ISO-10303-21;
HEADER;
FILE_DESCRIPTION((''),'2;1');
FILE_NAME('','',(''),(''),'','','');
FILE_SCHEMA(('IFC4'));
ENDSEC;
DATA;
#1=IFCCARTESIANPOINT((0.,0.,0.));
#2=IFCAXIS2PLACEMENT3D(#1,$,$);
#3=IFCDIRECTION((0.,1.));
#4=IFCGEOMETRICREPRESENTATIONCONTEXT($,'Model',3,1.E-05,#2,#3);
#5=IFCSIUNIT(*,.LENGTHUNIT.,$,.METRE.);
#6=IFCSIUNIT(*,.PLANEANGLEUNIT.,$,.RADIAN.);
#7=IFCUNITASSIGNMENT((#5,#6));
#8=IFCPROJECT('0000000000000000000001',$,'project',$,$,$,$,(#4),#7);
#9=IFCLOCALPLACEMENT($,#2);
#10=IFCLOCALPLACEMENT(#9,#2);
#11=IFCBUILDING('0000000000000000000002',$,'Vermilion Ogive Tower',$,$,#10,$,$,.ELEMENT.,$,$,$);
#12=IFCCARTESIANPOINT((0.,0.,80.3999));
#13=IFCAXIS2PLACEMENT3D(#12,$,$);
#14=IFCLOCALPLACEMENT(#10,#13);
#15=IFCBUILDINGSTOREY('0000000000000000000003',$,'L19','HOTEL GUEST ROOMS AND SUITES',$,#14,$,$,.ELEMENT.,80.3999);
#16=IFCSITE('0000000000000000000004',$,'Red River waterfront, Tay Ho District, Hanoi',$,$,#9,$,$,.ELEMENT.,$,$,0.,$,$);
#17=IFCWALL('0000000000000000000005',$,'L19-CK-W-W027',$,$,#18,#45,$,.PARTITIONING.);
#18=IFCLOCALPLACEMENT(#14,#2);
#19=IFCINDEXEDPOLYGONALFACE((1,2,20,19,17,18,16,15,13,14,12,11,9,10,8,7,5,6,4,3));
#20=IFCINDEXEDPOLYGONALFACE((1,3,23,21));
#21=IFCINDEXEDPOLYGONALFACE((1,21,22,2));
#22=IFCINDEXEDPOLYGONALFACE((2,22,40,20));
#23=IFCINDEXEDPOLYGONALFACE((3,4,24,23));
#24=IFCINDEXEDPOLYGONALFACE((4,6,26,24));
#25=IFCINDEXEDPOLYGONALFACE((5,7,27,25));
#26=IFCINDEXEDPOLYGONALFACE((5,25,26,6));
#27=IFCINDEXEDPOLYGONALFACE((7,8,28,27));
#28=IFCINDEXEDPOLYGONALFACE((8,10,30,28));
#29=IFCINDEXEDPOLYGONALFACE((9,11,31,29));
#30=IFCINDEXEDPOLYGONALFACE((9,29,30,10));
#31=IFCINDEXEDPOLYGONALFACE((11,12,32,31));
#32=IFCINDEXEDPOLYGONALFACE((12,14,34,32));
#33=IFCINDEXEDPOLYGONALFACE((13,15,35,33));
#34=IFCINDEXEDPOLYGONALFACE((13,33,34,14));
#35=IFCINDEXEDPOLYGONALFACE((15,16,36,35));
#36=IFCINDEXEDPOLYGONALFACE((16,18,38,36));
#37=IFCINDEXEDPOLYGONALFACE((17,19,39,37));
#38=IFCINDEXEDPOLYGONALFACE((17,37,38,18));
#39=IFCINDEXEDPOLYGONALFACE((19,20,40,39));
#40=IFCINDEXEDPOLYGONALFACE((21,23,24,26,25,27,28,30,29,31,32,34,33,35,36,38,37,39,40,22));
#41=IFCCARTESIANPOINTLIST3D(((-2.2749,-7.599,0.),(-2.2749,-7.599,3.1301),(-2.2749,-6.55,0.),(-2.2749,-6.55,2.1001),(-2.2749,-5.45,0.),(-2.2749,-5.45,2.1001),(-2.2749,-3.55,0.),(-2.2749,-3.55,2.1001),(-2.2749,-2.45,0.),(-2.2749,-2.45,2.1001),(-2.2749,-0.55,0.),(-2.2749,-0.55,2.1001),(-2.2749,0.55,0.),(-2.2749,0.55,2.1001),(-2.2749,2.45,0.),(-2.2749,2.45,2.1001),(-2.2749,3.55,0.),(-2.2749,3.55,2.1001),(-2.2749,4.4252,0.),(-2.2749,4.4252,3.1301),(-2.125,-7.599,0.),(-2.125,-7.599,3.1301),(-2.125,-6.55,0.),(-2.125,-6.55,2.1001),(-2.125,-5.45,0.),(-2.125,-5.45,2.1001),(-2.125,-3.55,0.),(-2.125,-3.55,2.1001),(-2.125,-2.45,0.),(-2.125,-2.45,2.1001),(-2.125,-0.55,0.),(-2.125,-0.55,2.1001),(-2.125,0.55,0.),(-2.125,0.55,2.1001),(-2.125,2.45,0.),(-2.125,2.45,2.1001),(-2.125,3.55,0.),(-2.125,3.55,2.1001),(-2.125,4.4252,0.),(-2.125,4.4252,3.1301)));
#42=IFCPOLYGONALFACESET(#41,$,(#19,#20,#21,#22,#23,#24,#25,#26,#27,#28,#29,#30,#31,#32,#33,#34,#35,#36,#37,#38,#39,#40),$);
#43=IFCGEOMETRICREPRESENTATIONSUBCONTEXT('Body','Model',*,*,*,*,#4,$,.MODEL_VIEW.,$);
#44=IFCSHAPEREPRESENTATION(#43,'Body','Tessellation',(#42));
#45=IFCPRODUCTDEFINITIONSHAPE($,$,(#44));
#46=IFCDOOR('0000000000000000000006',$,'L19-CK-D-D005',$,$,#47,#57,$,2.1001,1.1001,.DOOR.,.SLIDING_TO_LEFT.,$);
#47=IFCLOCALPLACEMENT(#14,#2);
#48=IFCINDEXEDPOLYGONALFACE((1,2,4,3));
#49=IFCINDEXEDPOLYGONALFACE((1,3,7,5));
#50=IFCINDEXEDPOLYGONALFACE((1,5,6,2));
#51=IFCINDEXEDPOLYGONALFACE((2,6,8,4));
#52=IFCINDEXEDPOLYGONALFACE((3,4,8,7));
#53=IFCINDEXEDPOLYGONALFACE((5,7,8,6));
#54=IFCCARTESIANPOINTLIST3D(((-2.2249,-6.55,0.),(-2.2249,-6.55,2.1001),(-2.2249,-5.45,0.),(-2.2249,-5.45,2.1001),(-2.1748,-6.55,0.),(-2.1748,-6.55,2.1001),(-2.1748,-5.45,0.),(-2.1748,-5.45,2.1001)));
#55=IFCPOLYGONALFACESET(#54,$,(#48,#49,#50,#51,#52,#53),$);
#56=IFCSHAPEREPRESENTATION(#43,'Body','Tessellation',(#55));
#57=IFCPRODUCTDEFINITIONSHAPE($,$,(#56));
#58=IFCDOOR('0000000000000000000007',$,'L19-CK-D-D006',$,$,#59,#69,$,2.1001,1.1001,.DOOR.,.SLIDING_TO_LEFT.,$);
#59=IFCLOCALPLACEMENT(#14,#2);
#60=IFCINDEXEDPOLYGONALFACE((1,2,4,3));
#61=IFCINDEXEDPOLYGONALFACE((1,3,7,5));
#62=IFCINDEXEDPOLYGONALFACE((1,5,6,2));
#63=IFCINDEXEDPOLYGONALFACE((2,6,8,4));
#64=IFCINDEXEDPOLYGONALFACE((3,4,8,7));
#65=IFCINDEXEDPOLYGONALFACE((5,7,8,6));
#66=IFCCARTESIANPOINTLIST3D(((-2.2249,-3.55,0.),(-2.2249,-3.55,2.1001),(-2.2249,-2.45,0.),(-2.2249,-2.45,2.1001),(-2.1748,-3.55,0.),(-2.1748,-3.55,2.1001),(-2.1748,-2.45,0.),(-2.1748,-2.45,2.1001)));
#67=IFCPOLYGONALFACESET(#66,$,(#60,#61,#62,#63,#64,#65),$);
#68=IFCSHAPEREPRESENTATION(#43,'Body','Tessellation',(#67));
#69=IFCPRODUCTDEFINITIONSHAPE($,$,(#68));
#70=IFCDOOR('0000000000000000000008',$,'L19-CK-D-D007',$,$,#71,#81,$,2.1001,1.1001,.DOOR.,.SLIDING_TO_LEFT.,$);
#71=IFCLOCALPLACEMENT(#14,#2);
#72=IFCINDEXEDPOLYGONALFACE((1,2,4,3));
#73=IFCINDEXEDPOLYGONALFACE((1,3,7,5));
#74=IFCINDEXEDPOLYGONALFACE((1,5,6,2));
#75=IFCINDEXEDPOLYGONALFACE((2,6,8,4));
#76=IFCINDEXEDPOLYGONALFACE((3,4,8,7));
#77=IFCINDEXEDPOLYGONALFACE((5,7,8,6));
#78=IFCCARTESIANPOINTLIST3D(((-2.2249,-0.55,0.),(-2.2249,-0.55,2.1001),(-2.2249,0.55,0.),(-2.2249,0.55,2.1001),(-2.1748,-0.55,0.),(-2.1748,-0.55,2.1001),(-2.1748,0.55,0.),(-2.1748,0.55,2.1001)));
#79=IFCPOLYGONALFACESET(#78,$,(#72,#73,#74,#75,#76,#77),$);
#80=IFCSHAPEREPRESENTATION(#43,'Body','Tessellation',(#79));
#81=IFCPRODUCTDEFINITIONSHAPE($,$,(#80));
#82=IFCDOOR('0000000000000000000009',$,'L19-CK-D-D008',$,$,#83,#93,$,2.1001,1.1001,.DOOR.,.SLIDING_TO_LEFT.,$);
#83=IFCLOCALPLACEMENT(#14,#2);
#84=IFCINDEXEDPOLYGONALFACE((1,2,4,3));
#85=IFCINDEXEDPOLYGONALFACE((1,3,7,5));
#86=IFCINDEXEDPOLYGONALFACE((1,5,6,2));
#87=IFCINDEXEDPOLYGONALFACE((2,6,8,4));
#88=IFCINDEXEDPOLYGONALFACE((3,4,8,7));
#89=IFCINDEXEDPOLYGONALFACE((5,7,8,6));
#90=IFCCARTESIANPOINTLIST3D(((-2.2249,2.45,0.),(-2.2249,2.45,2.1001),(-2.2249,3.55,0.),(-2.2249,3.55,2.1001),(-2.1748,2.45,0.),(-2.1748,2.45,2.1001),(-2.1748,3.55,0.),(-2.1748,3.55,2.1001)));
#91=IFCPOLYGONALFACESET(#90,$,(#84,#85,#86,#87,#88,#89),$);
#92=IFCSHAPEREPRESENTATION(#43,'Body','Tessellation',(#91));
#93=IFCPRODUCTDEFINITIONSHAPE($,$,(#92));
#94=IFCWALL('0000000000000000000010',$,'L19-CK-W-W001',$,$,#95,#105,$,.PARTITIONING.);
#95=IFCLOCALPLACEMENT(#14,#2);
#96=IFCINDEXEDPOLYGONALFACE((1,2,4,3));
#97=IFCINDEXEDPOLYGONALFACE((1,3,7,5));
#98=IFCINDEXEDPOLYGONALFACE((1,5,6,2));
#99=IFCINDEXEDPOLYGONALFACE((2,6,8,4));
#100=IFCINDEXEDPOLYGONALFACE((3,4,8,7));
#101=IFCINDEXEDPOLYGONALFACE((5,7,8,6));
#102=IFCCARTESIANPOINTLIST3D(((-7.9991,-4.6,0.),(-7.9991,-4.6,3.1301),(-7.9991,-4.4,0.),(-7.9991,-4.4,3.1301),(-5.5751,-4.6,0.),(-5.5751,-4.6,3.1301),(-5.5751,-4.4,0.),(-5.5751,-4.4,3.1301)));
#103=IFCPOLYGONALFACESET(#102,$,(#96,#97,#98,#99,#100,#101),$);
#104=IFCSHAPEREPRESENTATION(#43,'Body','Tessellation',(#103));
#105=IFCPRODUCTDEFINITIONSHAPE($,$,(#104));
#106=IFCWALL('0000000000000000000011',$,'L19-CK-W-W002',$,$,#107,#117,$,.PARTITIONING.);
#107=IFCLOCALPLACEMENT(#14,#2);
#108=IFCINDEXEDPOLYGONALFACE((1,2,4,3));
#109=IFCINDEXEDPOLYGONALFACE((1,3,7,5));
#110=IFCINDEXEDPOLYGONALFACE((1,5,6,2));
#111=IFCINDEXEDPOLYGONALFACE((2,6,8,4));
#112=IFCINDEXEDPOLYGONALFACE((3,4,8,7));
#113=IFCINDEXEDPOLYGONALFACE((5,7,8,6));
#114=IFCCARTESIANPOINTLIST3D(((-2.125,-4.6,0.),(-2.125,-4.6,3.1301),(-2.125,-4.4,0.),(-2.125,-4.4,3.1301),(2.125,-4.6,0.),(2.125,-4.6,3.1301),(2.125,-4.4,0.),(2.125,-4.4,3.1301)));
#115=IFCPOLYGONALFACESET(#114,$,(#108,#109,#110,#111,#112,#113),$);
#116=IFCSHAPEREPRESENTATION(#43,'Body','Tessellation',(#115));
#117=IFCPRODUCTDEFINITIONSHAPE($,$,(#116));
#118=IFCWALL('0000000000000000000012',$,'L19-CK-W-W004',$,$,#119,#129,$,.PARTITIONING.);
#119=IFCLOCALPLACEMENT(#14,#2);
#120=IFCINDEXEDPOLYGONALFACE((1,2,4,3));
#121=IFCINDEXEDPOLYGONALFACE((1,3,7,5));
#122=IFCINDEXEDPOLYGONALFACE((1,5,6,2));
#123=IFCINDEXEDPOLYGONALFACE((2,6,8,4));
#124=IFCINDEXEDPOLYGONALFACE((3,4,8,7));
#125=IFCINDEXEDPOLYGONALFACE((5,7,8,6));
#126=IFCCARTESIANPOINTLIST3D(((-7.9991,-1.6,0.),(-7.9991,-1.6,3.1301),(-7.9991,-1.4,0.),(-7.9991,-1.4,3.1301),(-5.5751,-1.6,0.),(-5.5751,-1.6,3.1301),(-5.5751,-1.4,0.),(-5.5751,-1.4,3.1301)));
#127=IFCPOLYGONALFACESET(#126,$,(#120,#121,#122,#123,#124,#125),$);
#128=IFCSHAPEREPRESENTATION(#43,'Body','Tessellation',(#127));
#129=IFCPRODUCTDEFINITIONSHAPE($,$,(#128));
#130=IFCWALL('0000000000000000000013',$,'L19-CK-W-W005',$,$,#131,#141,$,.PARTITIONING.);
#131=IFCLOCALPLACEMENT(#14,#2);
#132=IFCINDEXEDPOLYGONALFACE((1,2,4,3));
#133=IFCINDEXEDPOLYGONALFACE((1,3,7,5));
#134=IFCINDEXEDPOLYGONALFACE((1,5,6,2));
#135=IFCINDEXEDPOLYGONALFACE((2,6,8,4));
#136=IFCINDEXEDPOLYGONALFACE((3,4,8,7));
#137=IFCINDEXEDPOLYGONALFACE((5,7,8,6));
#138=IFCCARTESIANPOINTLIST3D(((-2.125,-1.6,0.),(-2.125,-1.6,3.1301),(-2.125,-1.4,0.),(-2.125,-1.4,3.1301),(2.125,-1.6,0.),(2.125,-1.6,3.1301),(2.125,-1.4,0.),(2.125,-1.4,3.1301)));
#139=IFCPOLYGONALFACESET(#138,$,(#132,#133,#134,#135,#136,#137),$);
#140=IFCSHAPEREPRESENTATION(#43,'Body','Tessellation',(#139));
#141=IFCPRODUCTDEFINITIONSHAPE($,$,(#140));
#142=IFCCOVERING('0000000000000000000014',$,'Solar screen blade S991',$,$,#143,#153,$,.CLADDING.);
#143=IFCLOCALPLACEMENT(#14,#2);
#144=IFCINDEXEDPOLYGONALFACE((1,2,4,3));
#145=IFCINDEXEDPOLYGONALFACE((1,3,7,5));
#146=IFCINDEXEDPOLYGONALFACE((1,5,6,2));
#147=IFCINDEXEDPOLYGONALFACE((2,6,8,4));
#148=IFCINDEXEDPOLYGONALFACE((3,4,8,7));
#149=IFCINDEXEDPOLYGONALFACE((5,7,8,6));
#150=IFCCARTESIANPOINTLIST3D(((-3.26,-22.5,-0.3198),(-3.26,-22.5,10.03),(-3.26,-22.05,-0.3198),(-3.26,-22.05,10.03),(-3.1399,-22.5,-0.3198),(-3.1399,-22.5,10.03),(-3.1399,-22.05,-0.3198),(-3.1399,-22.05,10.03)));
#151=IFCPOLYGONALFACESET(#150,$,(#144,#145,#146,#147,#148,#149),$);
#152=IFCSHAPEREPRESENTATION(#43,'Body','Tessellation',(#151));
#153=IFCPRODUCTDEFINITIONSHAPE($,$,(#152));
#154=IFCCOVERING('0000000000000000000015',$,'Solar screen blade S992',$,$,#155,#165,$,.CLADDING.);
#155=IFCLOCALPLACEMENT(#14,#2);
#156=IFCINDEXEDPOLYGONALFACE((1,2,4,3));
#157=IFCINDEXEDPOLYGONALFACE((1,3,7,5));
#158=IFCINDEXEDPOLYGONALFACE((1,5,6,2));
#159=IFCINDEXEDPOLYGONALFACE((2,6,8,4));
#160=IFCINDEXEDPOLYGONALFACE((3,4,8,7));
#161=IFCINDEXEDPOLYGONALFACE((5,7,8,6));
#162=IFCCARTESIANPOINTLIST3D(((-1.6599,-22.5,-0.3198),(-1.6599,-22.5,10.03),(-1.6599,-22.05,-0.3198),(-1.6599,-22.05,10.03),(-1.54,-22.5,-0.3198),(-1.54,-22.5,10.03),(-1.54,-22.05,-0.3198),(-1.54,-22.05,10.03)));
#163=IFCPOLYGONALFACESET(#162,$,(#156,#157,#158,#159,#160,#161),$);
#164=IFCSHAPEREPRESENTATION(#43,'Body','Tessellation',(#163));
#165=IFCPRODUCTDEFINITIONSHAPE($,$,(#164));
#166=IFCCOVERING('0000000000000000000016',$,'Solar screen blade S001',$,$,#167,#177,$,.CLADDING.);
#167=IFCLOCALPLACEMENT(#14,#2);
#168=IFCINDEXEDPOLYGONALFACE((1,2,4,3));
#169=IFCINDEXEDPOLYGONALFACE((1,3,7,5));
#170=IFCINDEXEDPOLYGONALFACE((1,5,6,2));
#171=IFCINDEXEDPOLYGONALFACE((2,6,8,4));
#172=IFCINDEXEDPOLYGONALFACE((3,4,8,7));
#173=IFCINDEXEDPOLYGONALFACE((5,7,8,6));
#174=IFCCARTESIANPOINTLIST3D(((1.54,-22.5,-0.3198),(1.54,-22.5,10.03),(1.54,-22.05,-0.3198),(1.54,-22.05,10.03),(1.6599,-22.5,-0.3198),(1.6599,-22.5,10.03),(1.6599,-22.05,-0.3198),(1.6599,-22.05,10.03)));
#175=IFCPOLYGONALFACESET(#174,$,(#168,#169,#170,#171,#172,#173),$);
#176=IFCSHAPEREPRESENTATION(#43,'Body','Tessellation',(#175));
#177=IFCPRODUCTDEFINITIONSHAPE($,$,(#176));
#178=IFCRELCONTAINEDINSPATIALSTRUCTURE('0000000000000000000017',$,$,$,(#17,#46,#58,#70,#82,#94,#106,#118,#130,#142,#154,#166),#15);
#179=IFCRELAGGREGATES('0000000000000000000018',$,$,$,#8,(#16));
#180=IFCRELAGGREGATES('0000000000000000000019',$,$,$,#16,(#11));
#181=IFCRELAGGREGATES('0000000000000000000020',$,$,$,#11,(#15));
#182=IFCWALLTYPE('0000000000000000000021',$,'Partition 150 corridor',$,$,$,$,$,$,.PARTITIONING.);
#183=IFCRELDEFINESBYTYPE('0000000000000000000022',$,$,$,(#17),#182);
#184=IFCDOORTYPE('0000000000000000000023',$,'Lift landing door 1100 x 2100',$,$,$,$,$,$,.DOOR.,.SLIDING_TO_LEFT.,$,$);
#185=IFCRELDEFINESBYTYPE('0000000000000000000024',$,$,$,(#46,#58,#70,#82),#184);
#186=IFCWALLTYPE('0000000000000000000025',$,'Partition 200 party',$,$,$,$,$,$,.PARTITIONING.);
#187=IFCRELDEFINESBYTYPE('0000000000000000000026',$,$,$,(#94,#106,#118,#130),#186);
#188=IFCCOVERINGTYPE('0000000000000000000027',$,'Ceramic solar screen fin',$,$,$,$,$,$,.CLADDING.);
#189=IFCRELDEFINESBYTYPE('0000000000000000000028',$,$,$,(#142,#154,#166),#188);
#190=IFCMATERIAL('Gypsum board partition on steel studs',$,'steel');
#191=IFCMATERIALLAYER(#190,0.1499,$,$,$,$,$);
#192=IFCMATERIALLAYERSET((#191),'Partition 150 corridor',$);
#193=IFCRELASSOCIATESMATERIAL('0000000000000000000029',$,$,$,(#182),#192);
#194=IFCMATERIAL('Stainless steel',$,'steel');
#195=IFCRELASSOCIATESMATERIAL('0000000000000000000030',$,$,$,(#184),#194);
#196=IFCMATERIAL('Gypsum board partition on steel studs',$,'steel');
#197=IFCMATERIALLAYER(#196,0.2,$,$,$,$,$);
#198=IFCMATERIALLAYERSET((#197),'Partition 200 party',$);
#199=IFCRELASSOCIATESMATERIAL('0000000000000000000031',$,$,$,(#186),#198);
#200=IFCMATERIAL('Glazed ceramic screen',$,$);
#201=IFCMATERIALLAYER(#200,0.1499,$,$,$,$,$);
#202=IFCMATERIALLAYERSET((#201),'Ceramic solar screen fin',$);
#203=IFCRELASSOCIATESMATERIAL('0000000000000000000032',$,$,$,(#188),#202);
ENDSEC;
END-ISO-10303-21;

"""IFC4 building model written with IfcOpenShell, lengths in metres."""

from ifc_helpers import new_model, si_unit, direction, frame, frame_2d, origin, place, context, subcontext, project, spatial, polyline, rectangle, outline, extrude, material, layer, layer_set, type_object, element, fill, save


model = new_model("IFC4")

# Units and contexts
model_context = context("Model", 3, precision=1e-05, world=origin(), true_north=direction((0.0, 1.0)))
body_context = subcontext(model_context, "Body", "Model", "MODEL_VIEW")
ifc_project = project(units=[si_unit("LENGTHUNIT", "METRE"), si_unit("PLANEANGLEUNIT", "RADIAN")], contexts=[model_context])

# Site, building, storey
site_placement = place(None, origin())
site = spatial("IfcSite", under=ifc_project, at=site_placement, Name="Red River waterfront, Tay Ho District, Hanoi", CompositionType="ELEMENT", RefElevation=0.0)
building_placement = place(site_placement, origin())
building = spatial("IfcBuilding", under=site, at=building_placement, Name="Vermilion Ogive Tower", CompositionType="ELEMENT")
storey_placement = place(building_placement, frame((0.0, 0.0, 80.3999)))
storey = spatial("IfcBuildingStorey", under=building, at=storey_placement, Name="L19", Description="HOTEL GUEST ROOMS AND SUITES", CompositionType="ELEMENT", Elevation=80.3999)

# Shared definitions
ifc_material_1 = material(Name="Gypsum board partition on steel studs", Category="steel")
ifc_layer_1 = layer(ifc_material_1, 0.1499)
ifc_layer_set_1 = layer_set([ifc_layer_1], Name="Partition 150 corridor")
wall_type_1 = type_object("IfcWallType", Name="Partition 150 corridor", PredefinedType="PARTITIONING", material=ifc_layer_set_1)

# Wall, openings, doors
ifc_material_2 = material(Name="Stainless steel", Category="steel")
door_type_1 = type_object("IfcDoorType", Name="Lift landing door 1100 x 2100", OperationType="SLIDING_TO_LEFT", PredefinedType="DOOR", material=ifc_material_2)
wall_1_placement = place(storey_placement, frame((-2.2, -7.5991, 0.0), z_axis=(0.0, 0.0, 1.0), x_axis=(0.0, 1.0, 0.0)))
wall_1 = element("IfcWall", 1, at=wall_1_placement, inside=storey, type_object=wall_type_1, Name="L19-CK-W-W027", PredefinedType="PARTITIONING", context=body_context, shape_type="SweptSolid", body=[
    extrude(rectangle(XDim=12.0242, YDim=0.1499, at=frame_2d((6.0122, 0.0))), origin(), (0.0, 0.0, 1.0), 3.1301),
])
opening_1_placement = place(wall_1_placement, frame((1.0491, 0.0, 0.0)))
opening_1 = element("IfcOpeningElement", 2, at=opening_1_placement, cuts=wall_1, PredefinedType="OPENING", context=body_context, shape_type="SweptSolid", body=[
    extrude(rectangle(XDim=1.1001, YDim=2.1001, at=frame_2d((0.55, 1.05))), frame((0.0, 0.085, 0.0), z_axis=(0.0, -1.0, 0.0), x_axis=(1.0, 0.0, 0.0)), (0.0, 0.0, 1.0), 0.1699),
])
opening_2_placement = place(wall_1_placement, frame((4.0491, 0.0, 0.0)))
opening_2 = element("IfcOpeningElement", 3, at=opening_2_placement, cuts=wall_1, PredefinedType="OPENING", context=body_context, shape_type="SweptSolid", body=[
    extrude(rectangle(XDim=1.1001, YDim=2.1001, at=frame_2d((0.55, 1.05))), frame((0.0, 0.085, 0.0), z_axis=(0.0, -1.0, 0.0), x_axis=(1.0, 0.0, 0.0)), (0.0, 0.0, 1.0), 0.1699),
])
opening_3_placement = place(wall_1_placement, frame((7.0491, 0.0, 0.0)))
opening_3 = element("IfcOpeningElement", 4, at=opening_3_placement, cuts=wall_1, PredefinedType="OPENING", context=body_context, shape_type="SweptSolid", body=[
    extrude(rectangle(XDim=1.1001, YDim=2.1001, at=frame_2d((0.55, 1.05))), frame((0.0, 0.085, 0.0), z_axis=(0.0, -1.0, 0.0), x_axis=(1.0, 0.0, 0.0)), (0.0, 0.0, 1.0), 0.1699),
])
opening_4_placement = place(wall_1_placement, frame((10.0491, 0.0, 0.0)))
opening_4 = element("IfcOpeningElement", 5, at=opening_4_placement, cuts=wall_1, PredefinedType="OPENING", context=body_context, shape_type="SweptSolid", body=[
    extrude(rectangle(XDim=1.1001, YDim=2.1001, at=frame_2d((0.55, 1.05))), frame((0.0, 0.085, 0.0), z_axis=(0.0, -1.0, 0.0), x_axis=(1.0, 0.0, 0.0)), (0.0, 0.0, 1.0), 0.1699),
])
door_1_placement = place(opening_1_placement, origin())
door_1 = element("IfcDoor", 6, at=door_1_placement, inside=storey, type_object=door_type_1, Name="L19-CK-D-D005", OperationType="SLIDING_TO_LEFT", OverallHeight=2.1001, OverallWidth=1.1001, PredefinedType="DOOR", context=body_context, shape_type="SweptSolid", body=[
    extrude(rectangle(XDim=1.1001, YDim=2.1001, at=frame_2d((0.55, 1.05))), frame((0.0, 0.0249, 0.0), z_axis=(0.0, -1.0, 0.0), x_axis=(1.0, 0.0, 0.0)), (0.0, 0.0, 1.0), 0.05),
])
fill(opening_1, door_1)
door_2_placement = place(opening_2_placement, origin())
door_2 = element("IfcDoor", 7, at=door_2_placement, inside=storey, type_object=door_type_1, Name="L19-CK-D-D006", OperationType="SLIDING_TO_LEFT", OverallHeight=2.1001, OverallWidth=1.1001, PredefinedType="DOOR", context=body_context, shape_type="SweptSolid", body=[
    extrude(rectangle(XDim=1.1001, YDim=2.1001, at=frame_2d((0.55, 1.05))), frame((0.0, 0.0249, 0.0), z_axis=(0.0, -1.0, 0.0), x_axis=(1.0, 0.0, 0.0)), (0.0, 0.0, 1.0), 0.05),
])
fill(opening_2, door_2)
door_3_placement = place(opening_3_placement, origin())
door_3 = element("IfcDoor", 8, at=door_3_placement, inside=storey, type_object=door_type_1, Name="L19-CK-D-D007", OperationType="SLIDING_TO_LEFT", OverallHeight=2.1001, OverallWidth=1.1001, PredefinedType="DOOR", context=body_context, shape_type="SweptSolid", body=[
    extrude(rectangle(XDim=1.1001, YDim=2.1001, at=frame_2d((0.55, 1.05))), frame((0.0, 0.0249, 0.0), z_axis=(0.0, -1.0, 0.0), x_axis=(1.0, 0.0, 0.0)), (0.0, 0.0, 1.0), 0.05),
])
fill(opening_3, door_3)
door_4_placement = place(opening_4_placement, origin())
door_4 = element("IfcDoor", 9, at=door_4_placement, inside=storey, type_object=door_type_1, Name="L19-CK-D-D008", OperationType="SLIDING_TO_LEFT", OverallHeight=2.1001, OverallWidth=1.1001, PredefinedType="DOOR", context=body_context, shape_type="SweptSolid", body=[
    extrude(rectangle(XDim=1.1001, YDim=2.1001, at=frame_2d((0.55, 1.05))), frame((0.0, 0.0249, 0.0), z_axis=(0.0, -1.0, 0.0), x_axis=(1.0, 0.0, 0.0)), (0.0, 0.0, 1.0), 0.05),
])
fill(opening_4, door_4)

# Walls
ifc_material_3 = material(Name="Gypsum board partition on steel studs", Category="steel")
ifc_layer_2 = layer(ifc_material_3, 0.2)
ifc_layer_set_2 = layer_set([ifc_layer_2], Name="Partition 200 party")
wall_type_2 = type_object("IfcWallType", Name="Partition 200 party", PredefinedType="PARTITIONING", material=ifc_layer_set_2)
wall_2_placement = place(storey_placement, frame((-7.999, -4.5, 0.0), z_axis=(0.0, 0.0, 1.0), x_axis=(1.0, 0.0, 0.0)))
element("IfcWall", 10, at=wall_2_placement, inside=storey, type_object=wall_type_2, Name="L19-CK-W-W001", PredefinedType="PARTITIONING", context=body_context, shape_type="SweptSolid", body=[
    extrude(rectangle(XDim=2.4241, YDim=0.2, at=frame_2d((1.2119, 0.0))), origin(), (0.0, 0.0, 1.0), 3.1301),
])
wall_3_placement = place(storey_placement, frame((-2.125, -4.5, 0.0), z_axis=(0.0, 0.0, 1.0), x_axis=(1.0, 0.0, 0.0)))
element("IfcWall", 11, at=wall_3_placement, inside=storey, type_object=wall_type_2, Name="L19-CK-W-W002", PredefinedType="PARTITIONING", context=body_context, shape_type="SweptSolid", body=[
    extrude(rectangle(XDim=4.25, YDim=0.2, at=frame_2d((2.125, 0.0))), origin(), (0.0, 0.0, 1.0), 3.1301),
])
wall_4_placement = place(storey_placement, frame((-7.999, -1.5, 0.0), z_axis=(0.0, 0.0, 1.0), x_axis=(1.0, 0.0, 0.0)))
element("IfcWall", 12, at=wall_4_placement, inside=storey, type_object=wall_type_2, Name="L19-CK-W-W004", PredefinedType="PARTITIONING", context=body_context, shape_type="SweptSolid", body=[
    extrude(rectangle(XDim=2.4241, YDim=0.2, at=frame_2d((1.2119, 0.0))), origin(), (0.0, 0.0, 1.0), 3.1301),
])
wall_5_placement = place(storey_placement, frame((-2.125, -1.5, 0.0), z_axis=(0.0, 0.0, 1.0), x_axis=(1.0, 0.0, 0.0)))
element("IfcWall", 13, at=wall_5_placement, inside=storey, type_object=wall_type_2, Name="L19-CK-W-W005", PredefinedType="PARTITIONING", context=body_context, shape_type="SweptSolid", body=[
    extrude(rectangle(XDim=4.25, YDim=0.2, at=frame_2d((2.125, 0.0))), origin(), (0.0, 0.0, 1.0), 3.1301),
])

# Coverings
ifc_material_4 = material(Name="Glazed ceramic screen")
ifc_layer_3 = layer(ifc_material_4, 0.1499)
ifc_layer_set_3 = layer_set([ifc_layer_3], Name="Ceramic solar screen fin")
covering_type = type_object("IfcCoveringType", Name="Ceramic solar screen fin", PredefinedType="CLADDING", material=ifc_layer_set_3)
covering_1_placement = place(storey_placement, frame((0.0, 0.0, -0.3198)))
element("IfcCovering", 14, at=covering_1_placement, inside=storey, type_object=covering_type, Name="Solar screen blade S991", PredefinedType="CLADDING", context=body_context, shape_type="SweptSolid", body=[
    extrude(outline(polyline([(-3.26, -22.5), (-3.1399, -22.5), (-3.1399, -22.05), (-3.26, -22.05), (-3.26, -22.5)])), origin(), (0.0, 0.0, 1.0), 10.3499),
])
covering_2_placement = place(storey_placement, frame((0.0, 0.0, -0.3198)))
element("IfcCovering", 15, at=covering_2_placement, inside=storey, type_object=covering_type, Name="Solar screen blade S992", PredefinedType="CLADDING", context=body_context, shape_type="SweptSolid", body=[
    extrude(outline(polyline([(-1.6599, -22.5), (-1.54, -22.5), (-1.54, -22.05), (-1.6599, -22.05), (-1.6599, -22.5)])), origin(), (0.0, 0.0, 1.0), 10.3499),
])
covering_3_placement = place(storey_placement, frame((0.0, 0.0, -0.3198)))
element("IfcCovering", 16, at=covering_3_placement, inside=storey, type_object=covering_type, Name="Solar screen blade S001", PredefinedType="CLADDING", context=body_context, shape_type="SweptSolid", body=[
    extrude(outline(polyline([(1.54, -22.5), (1.6599, -22.5), (1.6599, -22.05), (1.54, -22.05), (1.54, -22.5)])), origin(), (0.0, 0.0, 1.0), 10.3499),
])

save(model, "model.ifc")
